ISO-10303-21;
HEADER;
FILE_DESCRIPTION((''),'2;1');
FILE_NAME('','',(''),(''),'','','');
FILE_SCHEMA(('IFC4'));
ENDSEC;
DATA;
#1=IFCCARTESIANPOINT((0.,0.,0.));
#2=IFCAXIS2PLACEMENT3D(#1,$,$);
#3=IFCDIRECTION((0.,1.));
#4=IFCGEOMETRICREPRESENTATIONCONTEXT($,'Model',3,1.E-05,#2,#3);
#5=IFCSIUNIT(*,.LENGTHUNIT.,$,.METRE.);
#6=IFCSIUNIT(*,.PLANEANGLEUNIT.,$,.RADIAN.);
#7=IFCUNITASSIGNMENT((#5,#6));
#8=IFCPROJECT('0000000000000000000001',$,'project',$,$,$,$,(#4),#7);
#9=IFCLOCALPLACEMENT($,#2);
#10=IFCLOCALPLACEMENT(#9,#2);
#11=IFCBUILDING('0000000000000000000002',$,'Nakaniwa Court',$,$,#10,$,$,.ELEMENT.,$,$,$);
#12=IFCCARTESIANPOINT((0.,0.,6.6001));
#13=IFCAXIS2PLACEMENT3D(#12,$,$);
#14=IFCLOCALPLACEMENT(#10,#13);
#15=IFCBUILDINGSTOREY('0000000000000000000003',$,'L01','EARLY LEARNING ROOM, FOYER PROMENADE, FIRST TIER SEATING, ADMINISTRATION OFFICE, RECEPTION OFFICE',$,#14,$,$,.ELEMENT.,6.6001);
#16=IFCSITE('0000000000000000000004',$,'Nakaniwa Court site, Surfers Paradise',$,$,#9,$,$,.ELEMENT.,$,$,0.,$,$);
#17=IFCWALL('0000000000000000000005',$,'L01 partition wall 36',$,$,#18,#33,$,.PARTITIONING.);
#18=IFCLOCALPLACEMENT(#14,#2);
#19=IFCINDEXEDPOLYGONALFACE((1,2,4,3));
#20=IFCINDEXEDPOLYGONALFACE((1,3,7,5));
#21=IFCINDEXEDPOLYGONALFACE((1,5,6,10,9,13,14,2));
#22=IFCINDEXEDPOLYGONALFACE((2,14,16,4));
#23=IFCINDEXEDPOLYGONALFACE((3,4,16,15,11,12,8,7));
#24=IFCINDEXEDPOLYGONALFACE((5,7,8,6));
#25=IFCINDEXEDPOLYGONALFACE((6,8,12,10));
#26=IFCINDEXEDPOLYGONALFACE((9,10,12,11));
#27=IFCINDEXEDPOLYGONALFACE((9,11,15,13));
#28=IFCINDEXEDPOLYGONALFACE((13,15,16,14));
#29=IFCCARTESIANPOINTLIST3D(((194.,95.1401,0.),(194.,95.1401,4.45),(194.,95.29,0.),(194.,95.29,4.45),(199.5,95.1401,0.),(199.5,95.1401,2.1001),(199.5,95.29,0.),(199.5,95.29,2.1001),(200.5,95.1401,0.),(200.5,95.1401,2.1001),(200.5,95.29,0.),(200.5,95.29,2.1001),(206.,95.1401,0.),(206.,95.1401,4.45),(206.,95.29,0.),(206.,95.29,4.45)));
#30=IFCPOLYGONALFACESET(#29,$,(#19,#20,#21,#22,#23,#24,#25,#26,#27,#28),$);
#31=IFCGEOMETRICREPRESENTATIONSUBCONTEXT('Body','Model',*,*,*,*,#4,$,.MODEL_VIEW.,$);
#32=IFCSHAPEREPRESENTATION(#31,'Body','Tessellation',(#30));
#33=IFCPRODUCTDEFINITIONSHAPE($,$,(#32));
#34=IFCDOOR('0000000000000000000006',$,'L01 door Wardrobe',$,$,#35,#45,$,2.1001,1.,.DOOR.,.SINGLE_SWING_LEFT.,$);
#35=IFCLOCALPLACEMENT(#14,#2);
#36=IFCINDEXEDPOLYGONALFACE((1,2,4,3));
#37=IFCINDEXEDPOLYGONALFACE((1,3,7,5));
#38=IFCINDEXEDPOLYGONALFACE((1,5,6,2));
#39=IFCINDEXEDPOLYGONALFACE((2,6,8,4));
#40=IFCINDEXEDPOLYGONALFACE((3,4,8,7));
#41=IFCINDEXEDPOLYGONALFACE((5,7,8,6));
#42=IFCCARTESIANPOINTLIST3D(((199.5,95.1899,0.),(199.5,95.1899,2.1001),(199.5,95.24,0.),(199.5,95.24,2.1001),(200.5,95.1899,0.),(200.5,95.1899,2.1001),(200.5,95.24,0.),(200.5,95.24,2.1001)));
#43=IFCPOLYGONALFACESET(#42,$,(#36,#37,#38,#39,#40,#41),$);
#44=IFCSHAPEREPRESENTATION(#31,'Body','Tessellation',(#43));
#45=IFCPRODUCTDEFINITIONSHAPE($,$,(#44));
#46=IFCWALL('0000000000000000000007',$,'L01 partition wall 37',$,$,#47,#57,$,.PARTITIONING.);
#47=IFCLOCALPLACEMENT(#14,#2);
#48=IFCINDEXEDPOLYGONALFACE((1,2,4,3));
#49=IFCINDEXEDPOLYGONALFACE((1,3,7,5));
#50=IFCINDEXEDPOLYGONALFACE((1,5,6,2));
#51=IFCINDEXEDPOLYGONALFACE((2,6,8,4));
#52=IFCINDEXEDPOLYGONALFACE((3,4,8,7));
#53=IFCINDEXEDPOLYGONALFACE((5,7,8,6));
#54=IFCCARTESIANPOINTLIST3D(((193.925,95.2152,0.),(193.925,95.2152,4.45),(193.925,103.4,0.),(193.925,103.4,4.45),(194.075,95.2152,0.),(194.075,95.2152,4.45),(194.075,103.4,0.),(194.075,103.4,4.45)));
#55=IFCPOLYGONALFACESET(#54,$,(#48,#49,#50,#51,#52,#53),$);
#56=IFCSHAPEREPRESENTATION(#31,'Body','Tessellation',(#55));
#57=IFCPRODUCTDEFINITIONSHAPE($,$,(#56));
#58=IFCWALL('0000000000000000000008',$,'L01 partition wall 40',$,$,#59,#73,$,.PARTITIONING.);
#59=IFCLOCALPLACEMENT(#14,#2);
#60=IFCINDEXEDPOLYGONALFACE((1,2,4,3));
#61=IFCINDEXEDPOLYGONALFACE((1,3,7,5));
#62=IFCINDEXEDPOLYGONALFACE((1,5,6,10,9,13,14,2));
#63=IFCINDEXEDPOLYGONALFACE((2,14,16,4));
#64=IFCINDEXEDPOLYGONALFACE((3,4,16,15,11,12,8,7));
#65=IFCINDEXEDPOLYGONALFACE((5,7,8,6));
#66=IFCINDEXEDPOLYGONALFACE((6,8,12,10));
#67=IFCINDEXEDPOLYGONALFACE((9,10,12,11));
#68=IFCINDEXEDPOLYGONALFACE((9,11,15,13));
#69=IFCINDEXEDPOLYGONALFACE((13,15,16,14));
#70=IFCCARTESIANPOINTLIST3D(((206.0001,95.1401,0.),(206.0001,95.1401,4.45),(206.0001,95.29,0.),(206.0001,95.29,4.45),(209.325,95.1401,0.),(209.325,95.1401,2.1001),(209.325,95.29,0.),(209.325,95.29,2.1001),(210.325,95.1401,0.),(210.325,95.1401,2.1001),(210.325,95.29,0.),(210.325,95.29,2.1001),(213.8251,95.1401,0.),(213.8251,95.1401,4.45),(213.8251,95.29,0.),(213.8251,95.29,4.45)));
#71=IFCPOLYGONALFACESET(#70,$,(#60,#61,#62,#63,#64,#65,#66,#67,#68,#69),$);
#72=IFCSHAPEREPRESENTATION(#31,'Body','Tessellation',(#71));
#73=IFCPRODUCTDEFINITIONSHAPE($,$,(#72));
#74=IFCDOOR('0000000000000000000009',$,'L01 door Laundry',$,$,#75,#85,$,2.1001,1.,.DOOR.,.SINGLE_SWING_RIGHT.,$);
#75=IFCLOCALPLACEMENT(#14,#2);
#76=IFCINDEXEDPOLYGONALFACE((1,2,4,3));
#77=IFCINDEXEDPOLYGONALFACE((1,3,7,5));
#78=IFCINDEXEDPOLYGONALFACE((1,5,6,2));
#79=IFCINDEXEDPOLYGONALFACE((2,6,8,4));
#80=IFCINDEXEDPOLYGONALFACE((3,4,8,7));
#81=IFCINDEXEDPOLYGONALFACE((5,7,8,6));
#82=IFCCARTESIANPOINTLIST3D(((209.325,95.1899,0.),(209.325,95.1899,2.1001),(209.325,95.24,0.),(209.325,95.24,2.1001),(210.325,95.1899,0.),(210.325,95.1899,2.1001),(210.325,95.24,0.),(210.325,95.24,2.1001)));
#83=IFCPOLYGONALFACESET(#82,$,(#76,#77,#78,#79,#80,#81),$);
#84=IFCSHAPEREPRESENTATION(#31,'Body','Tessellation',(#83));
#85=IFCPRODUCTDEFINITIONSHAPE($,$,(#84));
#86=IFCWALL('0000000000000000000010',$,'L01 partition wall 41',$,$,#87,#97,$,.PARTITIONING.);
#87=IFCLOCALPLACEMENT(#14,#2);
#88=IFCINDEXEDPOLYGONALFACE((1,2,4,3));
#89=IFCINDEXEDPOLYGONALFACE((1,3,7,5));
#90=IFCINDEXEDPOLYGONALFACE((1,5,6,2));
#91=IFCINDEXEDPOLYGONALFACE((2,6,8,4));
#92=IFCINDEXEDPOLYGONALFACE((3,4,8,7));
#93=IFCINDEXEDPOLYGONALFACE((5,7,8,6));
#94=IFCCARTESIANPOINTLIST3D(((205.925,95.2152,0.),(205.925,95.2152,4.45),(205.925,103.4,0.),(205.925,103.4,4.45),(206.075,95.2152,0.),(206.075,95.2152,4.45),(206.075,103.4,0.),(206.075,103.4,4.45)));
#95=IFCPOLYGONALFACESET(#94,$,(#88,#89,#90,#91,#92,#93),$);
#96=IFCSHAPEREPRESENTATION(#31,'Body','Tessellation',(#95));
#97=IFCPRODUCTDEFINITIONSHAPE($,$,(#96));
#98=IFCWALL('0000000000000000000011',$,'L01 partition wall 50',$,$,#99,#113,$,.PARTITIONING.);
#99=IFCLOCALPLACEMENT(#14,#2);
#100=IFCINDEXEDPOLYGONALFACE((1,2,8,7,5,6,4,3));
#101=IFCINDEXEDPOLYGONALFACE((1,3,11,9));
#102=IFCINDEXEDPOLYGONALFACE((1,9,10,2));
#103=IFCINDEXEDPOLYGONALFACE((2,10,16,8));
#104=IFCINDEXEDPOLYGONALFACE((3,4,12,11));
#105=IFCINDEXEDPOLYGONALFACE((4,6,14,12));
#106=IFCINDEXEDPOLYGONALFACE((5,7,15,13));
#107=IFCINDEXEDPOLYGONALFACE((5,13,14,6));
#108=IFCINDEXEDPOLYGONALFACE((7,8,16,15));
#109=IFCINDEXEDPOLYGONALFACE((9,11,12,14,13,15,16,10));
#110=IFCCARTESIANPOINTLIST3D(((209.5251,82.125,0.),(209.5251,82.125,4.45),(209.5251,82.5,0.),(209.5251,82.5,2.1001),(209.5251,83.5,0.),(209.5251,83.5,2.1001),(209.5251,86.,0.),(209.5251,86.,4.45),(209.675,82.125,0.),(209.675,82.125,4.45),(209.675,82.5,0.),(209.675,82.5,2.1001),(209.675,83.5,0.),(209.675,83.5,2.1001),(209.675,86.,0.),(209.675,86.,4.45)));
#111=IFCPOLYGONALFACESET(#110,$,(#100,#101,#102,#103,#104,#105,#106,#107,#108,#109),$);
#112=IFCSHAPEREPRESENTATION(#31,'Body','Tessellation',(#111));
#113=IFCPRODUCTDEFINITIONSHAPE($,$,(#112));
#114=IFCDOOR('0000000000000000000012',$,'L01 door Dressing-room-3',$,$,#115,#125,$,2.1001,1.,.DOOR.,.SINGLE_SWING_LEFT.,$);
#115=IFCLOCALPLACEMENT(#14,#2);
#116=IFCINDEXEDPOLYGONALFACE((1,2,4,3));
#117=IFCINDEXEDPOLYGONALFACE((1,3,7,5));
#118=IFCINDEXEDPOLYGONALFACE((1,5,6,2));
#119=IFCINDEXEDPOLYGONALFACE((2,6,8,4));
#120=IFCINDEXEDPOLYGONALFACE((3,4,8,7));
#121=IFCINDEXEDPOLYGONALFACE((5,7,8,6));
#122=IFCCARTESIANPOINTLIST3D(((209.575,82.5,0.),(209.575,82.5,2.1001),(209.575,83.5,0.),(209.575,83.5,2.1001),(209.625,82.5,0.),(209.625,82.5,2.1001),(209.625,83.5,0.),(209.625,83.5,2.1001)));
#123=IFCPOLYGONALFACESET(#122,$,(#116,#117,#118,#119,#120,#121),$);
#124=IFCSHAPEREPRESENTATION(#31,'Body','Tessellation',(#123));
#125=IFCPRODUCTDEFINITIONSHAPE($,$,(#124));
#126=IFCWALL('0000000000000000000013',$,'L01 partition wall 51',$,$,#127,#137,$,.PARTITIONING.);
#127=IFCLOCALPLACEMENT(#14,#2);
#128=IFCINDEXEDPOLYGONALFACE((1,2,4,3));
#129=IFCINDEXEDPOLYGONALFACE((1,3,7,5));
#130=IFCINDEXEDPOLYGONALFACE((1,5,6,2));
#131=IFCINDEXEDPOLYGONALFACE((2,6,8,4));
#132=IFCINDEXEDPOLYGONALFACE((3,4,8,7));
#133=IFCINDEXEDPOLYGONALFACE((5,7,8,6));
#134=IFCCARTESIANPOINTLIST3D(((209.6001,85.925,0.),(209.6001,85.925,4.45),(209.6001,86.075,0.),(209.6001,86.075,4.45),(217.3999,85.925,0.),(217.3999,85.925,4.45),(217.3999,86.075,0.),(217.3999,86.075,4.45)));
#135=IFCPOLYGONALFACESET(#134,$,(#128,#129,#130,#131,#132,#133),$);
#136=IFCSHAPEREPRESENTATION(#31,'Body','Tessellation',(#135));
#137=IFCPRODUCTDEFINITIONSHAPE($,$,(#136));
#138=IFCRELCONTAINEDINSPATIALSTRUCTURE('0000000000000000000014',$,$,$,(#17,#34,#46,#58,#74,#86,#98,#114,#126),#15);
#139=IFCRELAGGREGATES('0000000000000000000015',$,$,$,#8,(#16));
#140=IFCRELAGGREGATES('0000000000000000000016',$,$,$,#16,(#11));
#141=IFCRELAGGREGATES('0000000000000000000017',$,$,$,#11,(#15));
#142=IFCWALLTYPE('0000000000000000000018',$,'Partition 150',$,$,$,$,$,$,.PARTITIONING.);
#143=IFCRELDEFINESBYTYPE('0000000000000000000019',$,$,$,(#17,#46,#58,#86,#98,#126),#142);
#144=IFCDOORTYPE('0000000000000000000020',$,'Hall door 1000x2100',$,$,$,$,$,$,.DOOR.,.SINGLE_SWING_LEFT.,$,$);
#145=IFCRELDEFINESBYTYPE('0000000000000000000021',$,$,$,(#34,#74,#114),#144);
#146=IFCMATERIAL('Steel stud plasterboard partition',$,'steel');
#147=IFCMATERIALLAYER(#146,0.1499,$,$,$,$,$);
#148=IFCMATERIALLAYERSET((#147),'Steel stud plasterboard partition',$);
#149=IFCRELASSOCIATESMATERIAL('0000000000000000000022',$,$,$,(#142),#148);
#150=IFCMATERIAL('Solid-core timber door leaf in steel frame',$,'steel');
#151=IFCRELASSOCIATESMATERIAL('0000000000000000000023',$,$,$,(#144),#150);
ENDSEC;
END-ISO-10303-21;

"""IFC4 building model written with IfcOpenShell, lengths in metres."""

from ifc_helpers import new_model, si_unit, direction, frame, frame_2d, origin, place, context, subcontext, project, spatial, rectangle, extrude, material, layer, layer_set, type_object, element, fill, save


model = new_model("IFC4")

# Units and contexts
model_context = context("Model", 3, precision=1e-05, world=origin(), true_north=direction((0.0, 1.0)))
body_context = subcontext(model_context, "Body", "Model", "MODEL_VIEW")
ifc_project = project(units=[si_unit("LENGTHUNIT", "METRE"), si_unit("PLANEANGLEUNIT", "RADIAN")], contexts=[model_context])

# Site, building, storey
site_placement = place(None, origin())
site = spatial("IfcSite", under=ifc_project, at=site_placement, Name="Nakaniwa Court site, Surfers Paradise", CompositionType="ELEMENT", RefElevation=0.0)
building_placement = place(site_placement, origin())
building = spatial("IfcBuilding", under=site, at=building_placement, Name="Nakaniwa Court", CompositionType="ELEMENT")
storey_placement = place(building_placement, frame((0.0, 0.0, 6.6001)))
storey = spatial("IfcBuildingStorey", under=building, at=storey_placement, Name="L01", Description="EARLY LEARNING ROOM, FOYER PROMENADE, FIRST TIER SEATING, ADMINISTRATION OFFICE, RECEPTION OFFICE", CompositionType="ELEMENT", Elevation=6.6001)

# Shared definitions
ifc_material_1 = material(Name="Steel stud plasterboard partition", Category="steel")
ifc_layer_1 = layer(ifc_material_1, 0.1499)
ifc_layer_set_1 = layer_set([ifc_layer_1], Name="Steel stud plasterboard partition")
wall_type_1 = type_object("IfcWallType", Name="Partition 150", PredefinedType="PARTITIONING", material=ifc_layer_set_1)
ifc_material_2 = material(Name="Solid-core timber door leaf in steel frame", Category="steel")
door_type_1 = type_object("IfcDoorType", Name="Hall door 1000x2100", OperationType="SINGLE_SWING_LEFT", PredefinedType="DOOR", material=ifc_material_2)

# Wall, opening, door
wall_1_placement = place(storey_placement, frame((194.0, 95.2151, 0.0), z_axis=(0.0, 0.0, 1.0), x_axis=(1.0, 0.0, 0.0)))
wall_1 = element("IfcWall", 1, at=wall_1_placement, inside=storey, type_object=wall_type_1, Name="L01 partition wall 36", PredefinedType="PARTITIONING", context=body_context, shape_type="SweptSolid", body=[
    extrude(rectangle(XDim=12.0, YDim=0.1499, at=frame_2d((6.0, 0.0))), origin(), (0.0, 0.0, 1.0), 4.45),
])
opening_1_placement = place(wall_1_placement, frame((5.5, 0.0, 0.0)))
opening_1 = element("IfcOpeningElement", 2, at=opening_1_placement, cuts=wall_1, PredefinedType="OPENING", context=body_context, shape_type="SweptSolid", body=[
    extrude(rectangle(XDim=1.0, YDim=2.1001, at=frame_2d((0.5, 1.05))), frame((0.0, 0.085, 0.0), z_axis=(0.0, -1.0, 0.0), x_axis=(1.0, 0.0, 0.0)), (0.0, 0.0, 1.0), 0.1699),
])
door_1_placement = place(opening_1_placement, origin())
door_1 = element("IfcDoor", 3, at=door_1_placement, inside=storey, type_object=door_type_1, Name="L01 door Wardrobe", OperationType="SINGLE_SWING_LEFT", OverallHeight=2.1001, OverallWidth=1.0, PredefinedType="DOOR", context=body_context, shape_type="SweptSolid", body=[
    extrude(rectangle(XDim=1.0, YDim=2.1001, at=frame_2d((0.5, 1.05))), frame((0.0, 0.0249, 0.0), z_axis=(0.0, -1.0, 0.0), x_axis=(1.0, 0.0, 0.0)), (0.0, 0.0, 1.0), 0.05),
])
fill(opening_1, door_1)

# Wall
wall_2_placement = place(storey_placement, frame((194.0, 103.3999, 0.0), z_axis=(0.0, 0.0, 1.0), x_axis=(0.0, -1.0, 0.0)))
element("IfcWall", 4, at=wall_2_placement, inside=storey, type_object=wall_type_1, Name="L01 partition wall 37", PredefinedType="PARTITIONING", context=body_context, shape_type="SweptSolid", body=[
    extrude(rectangle(XDim=8.1848, YDim=0.1499, at=frame_2d((4.0923, 0.0))), origin(), (0.0, 0.0, 1.0), 4.45),
])

# Wall, opening, door
wall_3_placement = place(storey_placement, frame((206.0, 95.2151, 0.0), z_axis=(0.0, 0.0, 1.0), x_axis=(1.0, 0.0, 0.0)))
wall_3 = element("IfcWall", 5, at=wall_3_placement, inside=storey, type_object=wall_type_1, Name="L01 partition wall 40", PredefinedType="PARTITIONING", context=body_context, shape_type="SweptSolid", body=[
    extrude(rectangle(XDim=7.825, YDim=0.1499, at=frame_2d((3.9126, 0.0))), origin(), (0.0, 0.0, 1.0), 4.45),
])
opening_2_placement = place(wall_3_placement, frame((3.325, 0.0, 0.0)))
opening_2 = element("IfcOpeningElement", 6, at=opening_2_placement, cuts=wall_3, PredefinedType="OPENING", context=body_context, shape_type="SweptSolid", body=[
    extrude(rectangle(XDim=1.0, YDim=2.1001, at=frame_2d((0.5, 1.05))), frame((0.0, 0.085, 0.0), z_axis=(0.0, -1.0, 0.0), x_axis=(1.0, 0.0, 0.0)), (0.0, 0.0, 1.0), 0.1699),
])
door_2_placement = place(opening_2_placement, origin())
door_2 = element("IfcDoor", 7, at=door_2_placement, inside=storey, type_object=door_type_1, Name="L01 door Laundry", OperationType="SINGLE_SWING_RIGHT", OverallHeight=2.1001, OverallWidth=1.0, PredefinedType="DOOR", context=body_context, shape_type="SweptSolid", body=[
    extrude(rectangle(XDim=1.0, YDim=2.1001, at=frame_2d((0.5, 1.05))), frame((0.0, 0.0249, 0.0), z_axis=(0.0, -1.0, 0.0), x_axis=(1.0, 0.0, 0.0)), (0.0, 0.0, 1.0), 0.05),
])
fill(opening_2, door_2)

# Wall
wall_4_placement = place(storey_placement, frame((206.0, 103.3999, 0.0), z_axis=(0.0, 0.0, 1.0), x_axis=(0.0, -1.0, 0.0)))
element("IfcWall", 8, at=wall_4_placement, inside=storey, type_object=wall_type_1, Name="L01 partition wall 41", PredefinedType="PARTITIONING", context=body_context, shape_type="SweptSolid", body=[
    extrude(rectangle(XDim=8.1848, YDim=0.1499, at=frame_2d((4.0923, 0.0))), origin(), (0.0, 0.0, 1.0), 4.45),
])

# Wall, opening, door
wall_5_placement = place(storey_placement, frame((209.6001, 86.0, 0.0), z_axis=(0.0, 0.0, 1.0), x_axis=(0.0, -1.0, 0.0)))
wall_5 = element("IfcWall", 9, at=wall_5_placement, inside=storey, type_object=wall_type_1, Name="L01 partition wall 50", PredefinedType="PARTITIONING", context=body_context, shape_type="SweptSolid", body=[
    extrude(rectangle(XDim=3.875, YDim=0.1499, at=frame_2d((1.9375, 0.0))), origin(), (0.0, 0.0, 1.0), 4.45),
])
opening_3_placement = place(wall_5_placement, frame((2.5, 0.0, 0.0)))
opening_3 = element("IfcOpeningElement", 10, at=opening_3_placement, cuts=wall_5, PredefinedType="OPENING", context=body_context, shape_type="SweptSolid", body=[
    extrude(rectangle(XDim=1.0, YDim=2.1001, at=frame_2d((0.5, 1.05))), frame((0.0, 0.085, 0.0), z_axis=(0.0, -1.0, 0.0), x_axis=(1.0, 0.0, 0.0)), (0.0, 0.0, 1.0), 0.1699),
])
door_3_placement = place(opening_3_placement, origin())
door_3 = element("IfcDoor", 11, at=door_3_placement, inside=storey, type_object=door_type_1, Name="L01 door Dressing-room-3", OperationType="SINGLE_SWING_LEFT", OverallHeight=2.1001, OverallWidth=1.0, PredefinedType="DOOR", context=body_context, shape_type="SweptSolid", body=[
    extrude(rectangle(XDim=1.0, YDim=2.1001, at=frame_2d((0.5, 1.05))), frame((0.0, 0.0249, 0.0), z_axis=(0.0, -1.0, 0.0), x_axis=(1.0, 0.0, 0.0)), (0.0, 0.0, 1.0), 0.05),
])
fill(opening_3, door_3)

# Wall
wall_6_placement = place(storey_placement, frame((209.6001, 86.0, 0.0), z_axis=(0.0, 0.0, 1.0), x_axis=(1.0, 0.0, 0.0)))
element("IfcWall", 12, at=wall_6_placement, inside=storey, type_object=wall_type_1, Name="L01 partition wall 51", PredefinedType="PARTITIONING", context=body_context, shape_type="SweptSolid", body=[
    extrude(rectangle(XDim=7.7998, YDim=0.1499, at=frame_2d((3.8999, 0.0))), origin(), (0.0, 0.0, 1.0), 4.45),
])

save(model, "model.ifc")
